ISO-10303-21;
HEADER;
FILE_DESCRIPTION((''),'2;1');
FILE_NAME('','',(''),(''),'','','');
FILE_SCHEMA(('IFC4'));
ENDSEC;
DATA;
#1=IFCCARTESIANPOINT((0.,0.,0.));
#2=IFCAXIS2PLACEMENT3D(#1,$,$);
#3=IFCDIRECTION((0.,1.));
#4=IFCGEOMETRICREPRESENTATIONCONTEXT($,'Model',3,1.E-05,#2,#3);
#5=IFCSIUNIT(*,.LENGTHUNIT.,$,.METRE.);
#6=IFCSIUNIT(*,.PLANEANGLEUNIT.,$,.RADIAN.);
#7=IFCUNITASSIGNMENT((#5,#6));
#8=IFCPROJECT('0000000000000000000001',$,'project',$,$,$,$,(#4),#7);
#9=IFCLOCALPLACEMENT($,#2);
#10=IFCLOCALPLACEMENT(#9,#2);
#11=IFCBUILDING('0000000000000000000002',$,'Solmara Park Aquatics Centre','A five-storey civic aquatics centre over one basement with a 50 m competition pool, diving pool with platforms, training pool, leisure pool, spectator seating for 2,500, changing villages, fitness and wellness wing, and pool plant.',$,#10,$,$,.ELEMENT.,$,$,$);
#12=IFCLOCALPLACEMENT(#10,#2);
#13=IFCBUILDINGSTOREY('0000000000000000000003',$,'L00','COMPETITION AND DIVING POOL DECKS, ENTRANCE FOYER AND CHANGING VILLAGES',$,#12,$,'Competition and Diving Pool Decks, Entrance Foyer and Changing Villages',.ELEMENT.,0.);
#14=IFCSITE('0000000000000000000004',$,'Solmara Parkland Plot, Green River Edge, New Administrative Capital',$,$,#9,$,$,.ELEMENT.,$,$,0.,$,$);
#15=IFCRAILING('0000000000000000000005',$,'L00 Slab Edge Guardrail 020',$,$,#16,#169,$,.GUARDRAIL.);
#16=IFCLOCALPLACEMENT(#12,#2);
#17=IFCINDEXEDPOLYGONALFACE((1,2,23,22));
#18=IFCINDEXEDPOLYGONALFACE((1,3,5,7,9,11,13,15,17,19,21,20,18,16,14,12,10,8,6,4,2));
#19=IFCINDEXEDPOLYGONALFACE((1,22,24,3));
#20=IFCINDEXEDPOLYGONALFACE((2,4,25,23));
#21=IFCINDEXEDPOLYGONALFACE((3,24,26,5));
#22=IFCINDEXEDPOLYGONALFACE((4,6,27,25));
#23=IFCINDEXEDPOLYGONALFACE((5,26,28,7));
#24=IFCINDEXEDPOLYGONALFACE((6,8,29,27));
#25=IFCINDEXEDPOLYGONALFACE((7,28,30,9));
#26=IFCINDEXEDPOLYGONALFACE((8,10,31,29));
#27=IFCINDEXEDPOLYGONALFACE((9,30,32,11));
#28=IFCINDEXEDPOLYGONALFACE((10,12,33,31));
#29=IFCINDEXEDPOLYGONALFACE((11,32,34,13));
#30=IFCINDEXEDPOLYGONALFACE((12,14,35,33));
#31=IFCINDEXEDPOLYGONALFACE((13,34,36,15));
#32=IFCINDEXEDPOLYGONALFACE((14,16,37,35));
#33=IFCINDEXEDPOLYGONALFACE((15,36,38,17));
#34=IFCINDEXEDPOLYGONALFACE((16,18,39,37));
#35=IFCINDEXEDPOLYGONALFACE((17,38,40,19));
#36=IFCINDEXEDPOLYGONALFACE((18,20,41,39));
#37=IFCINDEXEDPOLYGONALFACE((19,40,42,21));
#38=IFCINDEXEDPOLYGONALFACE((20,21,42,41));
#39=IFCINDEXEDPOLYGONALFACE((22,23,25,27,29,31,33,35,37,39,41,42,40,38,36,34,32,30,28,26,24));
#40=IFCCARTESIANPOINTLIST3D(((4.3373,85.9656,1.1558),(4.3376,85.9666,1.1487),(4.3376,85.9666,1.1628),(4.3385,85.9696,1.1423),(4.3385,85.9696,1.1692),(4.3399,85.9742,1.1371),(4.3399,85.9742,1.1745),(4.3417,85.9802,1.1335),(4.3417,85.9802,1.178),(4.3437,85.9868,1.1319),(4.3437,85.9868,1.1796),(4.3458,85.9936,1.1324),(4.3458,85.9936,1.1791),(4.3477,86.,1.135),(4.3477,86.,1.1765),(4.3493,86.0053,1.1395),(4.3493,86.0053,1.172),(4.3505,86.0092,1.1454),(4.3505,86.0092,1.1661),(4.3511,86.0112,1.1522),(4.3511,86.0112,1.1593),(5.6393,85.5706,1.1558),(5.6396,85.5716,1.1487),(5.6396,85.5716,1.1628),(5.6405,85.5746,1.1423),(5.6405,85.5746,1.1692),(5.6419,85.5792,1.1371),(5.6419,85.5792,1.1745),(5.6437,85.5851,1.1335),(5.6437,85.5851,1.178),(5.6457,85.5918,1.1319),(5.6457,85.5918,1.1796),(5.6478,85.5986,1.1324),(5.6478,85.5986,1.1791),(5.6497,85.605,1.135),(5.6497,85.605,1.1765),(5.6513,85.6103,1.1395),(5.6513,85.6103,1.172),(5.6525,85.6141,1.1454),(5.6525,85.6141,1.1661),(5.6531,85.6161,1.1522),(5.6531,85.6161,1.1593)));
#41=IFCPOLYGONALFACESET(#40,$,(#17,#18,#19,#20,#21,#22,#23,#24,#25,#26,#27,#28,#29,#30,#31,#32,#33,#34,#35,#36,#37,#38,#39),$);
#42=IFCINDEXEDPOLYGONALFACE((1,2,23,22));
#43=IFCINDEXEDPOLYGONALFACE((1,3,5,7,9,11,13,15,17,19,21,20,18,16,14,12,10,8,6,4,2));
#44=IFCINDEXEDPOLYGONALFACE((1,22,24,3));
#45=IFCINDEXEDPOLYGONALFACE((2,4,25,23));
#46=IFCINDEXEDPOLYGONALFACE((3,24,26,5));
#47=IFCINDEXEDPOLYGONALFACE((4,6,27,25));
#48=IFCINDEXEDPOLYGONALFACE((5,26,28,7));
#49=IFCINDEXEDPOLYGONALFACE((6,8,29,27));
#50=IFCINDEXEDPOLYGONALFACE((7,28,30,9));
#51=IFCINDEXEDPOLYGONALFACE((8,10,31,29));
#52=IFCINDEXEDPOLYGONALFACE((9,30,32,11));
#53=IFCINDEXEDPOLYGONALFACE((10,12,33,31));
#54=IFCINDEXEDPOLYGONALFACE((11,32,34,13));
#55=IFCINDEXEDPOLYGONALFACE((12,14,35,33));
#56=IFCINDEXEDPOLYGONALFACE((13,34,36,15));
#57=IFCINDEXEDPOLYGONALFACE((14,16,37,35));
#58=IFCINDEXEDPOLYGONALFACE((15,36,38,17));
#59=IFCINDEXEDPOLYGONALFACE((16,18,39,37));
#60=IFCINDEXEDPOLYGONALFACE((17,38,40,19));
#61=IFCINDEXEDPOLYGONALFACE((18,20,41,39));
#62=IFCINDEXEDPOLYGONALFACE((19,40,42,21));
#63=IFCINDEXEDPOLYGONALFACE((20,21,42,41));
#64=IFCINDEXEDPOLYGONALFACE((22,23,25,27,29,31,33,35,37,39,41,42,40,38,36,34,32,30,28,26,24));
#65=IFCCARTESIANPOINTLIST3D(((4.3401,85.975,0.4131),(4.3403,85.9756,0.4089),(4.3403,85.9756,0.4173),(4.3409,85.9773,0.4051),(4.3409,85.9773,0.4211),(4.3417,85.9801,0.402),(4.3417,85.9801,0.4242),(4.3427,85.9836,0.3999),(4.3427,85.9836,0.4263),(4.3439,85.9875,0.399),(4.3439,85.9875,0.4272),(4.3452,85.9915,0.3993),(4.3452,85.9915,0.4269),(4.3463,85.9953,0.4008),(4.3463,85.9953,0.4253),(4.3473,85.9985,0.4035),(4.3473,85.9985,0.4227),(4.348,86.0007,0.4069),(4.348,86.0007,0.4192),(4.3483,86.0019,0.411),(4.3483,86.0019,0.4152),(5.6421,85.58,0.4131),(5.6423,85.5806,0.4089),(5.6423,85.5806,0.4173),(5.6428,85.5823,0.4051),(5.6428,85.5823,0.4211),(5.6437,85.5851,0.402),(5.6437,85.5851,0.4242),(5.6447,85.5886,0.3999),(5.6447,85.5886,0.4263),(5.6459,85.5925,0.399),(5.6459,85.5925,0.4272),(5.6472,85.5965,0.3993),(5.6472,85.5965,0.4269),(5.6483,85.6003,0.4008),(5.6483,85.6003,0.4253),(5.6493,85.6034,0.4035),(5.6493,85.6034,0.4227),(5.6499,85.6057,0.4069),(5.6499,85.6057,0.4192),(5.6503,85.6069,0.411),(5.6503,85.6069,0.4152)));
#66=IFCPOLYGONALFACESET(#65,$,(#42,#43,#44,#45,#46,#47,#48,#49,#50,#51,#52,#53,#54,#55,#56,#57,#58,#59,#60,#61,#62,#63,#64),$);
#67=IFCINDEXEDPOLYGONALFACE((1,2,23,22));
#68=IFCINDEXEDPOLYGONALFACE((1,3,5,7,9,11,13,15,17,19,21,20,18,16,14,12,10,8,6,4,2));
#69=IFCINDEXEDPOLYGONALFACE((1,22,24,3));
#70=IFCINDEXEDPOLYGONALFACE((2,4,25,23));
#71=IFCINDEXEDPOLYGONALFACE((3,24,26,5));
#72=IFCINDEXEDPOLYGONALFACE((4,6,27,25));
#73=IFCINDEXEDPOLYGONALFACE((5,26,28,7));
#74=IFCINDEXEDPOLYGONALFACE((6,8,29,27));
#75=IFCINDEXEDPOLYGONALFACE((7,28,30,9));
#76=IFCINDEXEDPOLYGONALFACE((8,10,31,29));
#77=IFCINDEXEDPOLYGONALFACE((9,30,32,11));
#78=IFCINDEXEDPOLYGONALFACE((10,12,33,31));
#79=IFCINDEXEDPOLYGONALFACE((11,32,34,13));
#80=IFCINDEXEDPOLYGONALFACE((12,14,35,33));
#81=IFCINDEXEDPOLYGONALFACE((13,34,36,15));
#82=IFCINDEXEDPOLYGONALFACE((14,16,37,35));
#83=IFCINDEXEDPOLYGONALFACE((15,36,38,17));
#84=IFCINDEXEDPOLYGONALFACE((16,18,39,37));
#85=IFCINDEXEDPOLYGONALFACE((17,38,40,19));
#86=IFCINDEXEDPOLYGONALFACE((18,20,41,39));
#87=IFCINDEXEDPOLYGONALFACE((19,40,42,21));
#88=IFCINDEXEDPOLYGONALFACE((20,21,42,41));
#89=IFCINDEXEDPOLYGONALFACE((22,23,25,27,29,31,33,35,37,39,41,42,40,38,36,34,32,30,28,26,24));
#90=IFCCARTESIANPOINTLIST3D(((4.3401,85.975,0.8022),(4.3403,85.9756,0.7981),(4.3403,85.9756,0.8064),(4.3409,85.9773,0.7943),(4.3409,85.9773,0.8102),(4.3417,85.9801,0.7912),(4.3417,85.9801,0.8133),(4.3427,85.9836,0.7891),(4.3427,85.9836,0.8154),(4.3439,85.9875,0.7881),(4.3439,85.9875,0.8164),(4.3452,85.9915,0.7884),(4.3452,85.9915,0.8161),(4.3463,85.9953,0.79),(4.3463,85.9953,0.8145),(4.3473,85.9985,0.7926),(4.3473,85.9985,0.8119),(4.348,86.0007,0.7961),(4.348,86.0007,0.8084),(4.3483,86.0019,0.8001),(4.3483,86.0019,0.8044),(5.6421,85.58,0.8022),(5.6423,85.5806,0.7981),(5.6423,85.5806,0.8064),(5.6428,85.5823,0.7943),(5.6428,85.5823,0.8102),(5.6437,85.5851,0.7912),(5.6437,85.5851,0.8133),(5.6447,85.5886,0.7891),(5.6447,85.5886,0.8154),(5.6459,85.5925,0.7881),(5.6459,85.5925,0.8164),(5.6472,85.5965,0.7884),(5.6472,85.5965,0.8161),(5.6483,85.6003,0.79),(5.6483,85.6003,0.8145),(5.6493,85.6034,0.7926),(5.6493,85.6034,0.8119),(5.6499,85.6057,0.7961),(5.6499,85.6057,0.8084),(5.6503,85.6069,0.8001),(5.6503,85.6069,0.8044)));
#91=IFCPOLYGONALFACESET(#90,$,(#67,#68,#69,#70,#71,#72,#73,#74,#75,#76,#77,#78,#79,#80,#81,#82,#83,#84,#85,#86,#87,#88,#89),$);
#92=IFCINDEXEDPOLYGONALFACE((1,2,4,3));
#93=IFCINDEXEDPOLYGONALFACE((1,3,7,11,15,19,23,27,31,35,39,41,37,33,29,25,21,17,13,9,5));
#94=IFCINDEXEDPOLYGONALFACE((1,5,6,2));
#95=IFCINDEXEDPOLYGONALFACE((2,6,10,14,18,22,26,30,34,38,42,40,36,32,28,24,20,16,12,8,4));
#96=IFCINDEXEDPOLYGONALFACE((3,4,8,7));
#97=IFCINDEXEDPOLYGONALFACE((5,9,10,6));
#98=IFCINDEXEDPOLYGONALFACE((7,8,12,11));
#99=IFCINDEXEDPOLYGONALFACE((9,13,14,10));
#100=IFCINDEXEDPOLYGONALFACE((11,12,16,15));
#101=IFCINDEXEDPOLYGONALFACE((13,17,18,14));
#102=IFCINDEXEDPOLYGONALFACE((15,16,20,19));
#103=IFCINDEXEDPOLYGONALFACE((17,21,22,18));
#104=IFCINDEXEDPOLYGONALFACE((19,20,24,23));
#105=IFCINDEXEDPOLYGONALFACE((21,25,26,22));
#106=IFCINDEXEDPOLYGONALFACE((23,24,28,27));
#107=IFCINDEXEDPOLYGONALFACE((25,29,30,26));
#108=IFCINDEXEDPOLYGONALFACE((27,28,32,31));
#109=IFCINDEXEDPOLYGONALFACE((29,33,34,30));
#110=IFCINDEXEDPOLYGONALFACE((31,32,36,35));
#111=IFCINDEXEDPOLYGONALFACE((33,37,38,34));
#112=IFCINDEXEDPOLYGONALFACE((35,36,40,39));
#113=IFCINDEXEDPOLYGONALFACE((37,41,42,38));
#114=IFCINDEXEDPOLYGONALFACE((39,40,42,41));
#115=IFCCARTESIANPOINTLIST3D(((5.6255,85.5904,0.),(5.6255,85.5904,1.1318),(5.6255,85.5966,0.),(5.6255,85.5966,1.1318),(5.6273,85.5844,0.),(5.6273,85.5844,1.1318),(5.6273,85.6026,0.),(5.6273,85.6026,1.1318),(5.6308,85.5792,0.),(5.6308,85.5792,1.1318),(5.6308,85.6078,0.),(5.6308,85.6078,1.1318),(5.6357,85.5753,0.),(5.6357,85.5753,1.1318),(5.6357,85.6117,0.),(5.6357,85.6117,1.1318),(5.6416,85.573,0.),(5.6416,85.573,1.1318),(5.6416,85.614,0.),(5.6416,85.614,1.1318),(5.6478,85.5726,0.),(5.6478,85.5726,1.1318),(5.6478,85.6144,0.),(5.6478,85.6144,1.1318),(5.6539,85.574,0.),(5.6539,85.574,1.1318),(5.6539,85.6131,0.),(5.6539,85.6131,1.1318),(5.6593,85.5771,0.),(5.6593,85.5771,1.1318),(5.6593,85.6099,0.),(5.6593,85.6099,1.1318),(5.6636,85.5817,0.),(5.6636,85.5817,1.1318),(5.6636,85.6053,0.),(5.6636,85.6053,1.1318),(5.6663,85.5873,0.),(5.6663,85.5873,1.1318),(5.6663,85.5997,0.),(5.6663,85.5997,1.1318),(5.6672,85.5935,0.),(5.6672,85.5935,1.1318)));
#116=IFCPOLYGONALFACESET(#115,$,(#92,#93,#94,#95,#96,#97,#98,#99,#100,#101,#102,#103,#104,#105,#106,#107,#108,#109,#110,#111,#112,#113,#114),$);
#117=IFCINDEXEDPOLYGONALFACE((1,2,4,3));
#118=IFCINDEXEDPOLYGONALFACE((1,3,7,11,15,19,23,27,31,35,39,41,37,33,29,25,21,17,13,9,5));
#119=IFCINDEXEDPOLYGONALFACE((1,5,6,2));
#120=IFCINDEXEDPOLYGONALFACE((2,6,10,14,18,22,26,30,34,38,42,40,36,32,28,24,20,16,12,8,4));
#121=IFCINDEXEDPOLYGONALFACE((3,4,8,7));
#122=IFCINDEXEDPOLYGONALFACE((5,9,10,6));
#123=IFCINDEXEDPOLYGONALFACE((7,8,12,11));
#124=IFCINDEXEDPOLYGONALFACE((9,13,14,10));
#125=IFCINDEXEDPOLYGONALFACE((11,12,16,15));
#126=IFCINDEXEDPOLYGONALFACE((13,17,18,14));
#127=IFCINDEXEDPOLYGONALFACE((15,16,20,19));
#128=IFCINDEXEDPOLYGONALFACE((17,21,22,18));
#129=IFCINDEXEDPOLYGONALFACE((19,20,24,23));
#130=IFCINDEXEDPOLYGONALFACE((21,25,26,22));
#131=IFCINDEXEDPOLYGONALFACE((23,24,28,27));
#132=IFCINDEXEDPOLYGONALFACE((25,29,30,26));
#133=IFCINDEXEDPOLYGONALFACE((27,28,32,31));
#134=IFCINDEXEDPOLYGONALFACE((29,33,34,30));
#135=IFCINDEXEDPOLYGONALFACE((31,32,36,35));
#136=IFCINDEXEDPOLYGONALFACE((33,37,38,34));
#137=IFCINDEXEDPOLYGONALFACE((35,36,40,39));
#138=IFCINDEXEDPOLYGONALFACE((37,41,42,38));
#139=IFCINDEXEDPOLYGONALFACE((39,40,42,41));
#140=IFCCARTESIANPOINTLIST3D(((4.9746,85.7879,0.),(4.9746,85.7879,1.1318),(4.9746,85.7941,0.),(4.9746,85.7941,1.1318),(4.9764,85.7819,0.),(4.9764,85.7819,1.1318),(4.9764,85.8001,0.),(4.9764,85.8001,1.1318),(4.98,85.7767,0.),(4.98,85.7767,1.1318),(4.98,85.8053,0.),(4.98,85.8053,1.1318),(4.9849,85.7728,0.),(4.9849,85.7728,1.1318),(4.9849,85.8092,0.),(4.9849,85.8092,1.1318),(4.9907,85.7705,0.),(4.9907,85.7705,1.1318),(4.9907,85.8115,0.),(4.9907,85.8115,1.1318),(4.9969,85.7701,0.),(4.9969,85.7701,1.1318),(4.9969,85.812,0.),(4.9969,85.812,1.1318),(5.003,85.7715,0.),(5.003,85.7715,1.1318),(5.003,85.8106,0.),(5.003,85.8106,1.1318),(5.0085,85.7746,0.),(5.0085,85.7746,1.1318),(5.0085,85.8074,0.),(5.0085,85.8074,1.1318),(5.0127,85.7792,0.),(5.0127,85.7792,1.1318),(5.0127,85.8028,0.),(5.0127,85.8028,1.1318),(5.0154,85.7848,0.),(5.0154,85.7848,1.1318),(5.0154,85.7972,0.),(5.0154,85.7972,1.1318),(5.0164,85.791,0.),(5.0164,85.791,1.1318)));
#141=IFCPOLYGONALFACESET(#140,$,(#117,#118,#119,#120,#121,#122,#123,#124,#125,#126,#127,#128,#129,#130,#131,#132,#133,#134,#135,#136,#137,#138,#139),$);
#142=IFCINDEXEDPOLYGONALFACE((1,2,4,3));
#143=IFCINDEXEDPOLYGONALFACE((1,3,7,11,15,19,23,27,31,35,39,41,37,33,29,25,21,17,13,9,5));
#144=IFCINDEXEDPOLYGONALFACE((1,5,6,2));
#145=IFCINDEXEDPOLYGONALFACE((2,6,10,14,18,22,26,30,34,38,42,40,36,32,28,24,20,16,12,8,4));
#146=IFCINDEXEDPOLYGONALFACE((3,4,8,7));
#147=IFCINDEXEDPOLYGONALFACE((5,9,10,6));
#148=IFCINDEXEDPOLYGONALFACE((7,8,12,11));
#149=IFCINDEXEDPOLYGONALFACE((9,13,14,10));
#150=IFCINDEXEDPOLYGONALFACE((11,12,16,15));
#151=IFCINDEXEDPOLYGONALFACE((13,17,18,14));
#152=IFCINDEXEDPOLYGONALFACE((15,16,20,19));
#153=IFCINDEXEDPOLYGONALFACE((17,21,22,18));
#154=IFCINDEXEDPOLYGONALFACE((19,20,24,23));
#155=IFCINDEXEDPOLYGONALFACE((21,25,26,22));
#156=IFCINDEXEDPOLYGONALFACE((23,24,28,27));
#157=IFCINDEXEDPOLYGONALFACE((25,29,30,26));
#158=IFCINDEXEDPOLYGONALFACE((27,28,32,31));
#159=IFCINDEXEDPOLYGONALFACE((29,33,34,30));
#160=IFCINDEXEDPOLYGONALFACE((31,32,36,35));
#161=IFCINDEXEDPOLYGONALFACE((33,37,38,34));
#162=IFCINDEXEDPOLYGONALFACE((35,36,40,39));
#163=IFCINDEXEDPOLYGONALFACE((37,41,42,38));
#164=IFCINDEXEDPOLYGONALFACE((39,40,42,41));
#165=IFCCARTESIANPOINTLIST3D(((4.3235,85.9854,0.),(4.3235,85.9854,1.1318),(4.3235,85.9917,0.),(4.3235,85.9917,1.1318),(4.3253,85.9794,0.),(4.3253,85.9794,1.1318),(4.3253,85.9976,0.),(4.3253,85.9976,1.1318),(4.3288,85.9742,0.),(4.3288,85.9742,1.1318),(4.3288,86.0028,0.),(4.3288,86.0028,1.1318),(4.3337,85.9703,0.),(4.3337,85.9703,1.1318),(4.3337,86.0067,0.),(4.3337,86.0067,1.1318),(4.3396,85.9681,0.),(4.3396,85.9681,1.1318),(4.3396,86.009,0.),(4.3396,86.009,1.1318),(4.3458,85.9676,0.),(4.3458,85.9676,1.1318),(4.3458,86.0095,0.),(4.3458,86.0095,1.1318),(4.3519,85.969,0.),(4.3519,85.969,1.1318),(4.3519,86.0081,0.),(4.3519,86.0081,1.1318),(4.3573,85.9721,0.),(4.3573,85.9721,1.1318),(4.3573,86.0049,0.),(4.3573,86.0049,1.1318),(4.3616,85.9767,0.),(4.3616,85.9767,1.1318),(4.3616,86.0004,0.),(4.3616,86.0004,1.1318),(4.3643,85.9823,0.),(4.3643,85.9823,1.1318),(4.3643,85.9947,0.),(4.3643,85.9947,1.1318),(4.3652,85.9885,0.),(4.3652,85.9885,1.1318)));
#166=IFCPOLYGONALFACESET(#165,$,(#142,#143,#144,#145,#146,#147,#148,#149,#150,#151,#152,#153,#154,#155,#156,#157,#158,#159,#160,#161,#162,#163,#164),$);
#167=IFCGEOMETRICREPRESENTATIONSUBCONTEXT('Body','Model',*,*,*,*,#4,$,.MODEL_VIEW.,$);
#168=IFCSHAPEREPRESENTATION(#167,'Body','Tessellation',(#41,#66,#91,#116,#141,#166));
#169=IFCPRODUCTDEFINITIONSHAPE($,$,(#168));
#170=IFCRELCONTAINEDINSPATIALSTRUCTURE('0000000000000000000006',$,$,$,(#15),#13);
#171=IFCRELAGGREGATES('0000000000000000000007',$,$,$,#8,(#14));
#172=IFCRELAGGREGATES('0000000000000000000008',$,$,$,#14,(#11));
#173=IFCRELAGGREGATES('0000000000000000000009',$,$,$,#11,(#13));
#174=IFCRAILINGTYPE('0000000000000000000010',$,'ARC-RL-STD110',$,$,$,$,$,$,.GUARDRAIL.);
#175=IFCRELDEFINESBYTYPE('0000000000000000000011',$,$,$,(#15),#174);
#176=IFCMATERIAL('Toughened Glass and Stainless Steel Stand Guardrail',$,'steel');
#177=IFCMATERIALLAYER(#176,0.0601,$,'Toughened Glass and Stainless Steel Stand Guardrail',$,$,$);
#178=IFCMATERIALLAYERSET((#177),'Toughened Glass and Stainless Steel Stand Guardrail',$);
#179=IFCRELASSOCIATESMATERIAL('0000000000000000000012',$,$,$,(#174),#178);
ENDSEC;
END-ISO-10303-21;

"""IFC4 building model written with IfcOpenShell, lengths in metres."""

from ifc_helpers import new_model, si_unit, direction, frame, origin, origin_2d, place, context, subcontext, project, spatial, circle, extrude, material, layer, layer_set, type_object, element, save


model = new_model("IFC4")

# Units and contexts
model_context = context("Model", 3, precision=1e-05, world=origin(), true_north=direction((0.0, 1.0)))
body_context = subcontext(model_context, "Body", "Model", "MODEL_VIEW")
ifc_project = project(units=[si_unit("LENGTHUNIT", "METRE"), si_unit("PLANEANGLEUNIT", "RADIAN")], contexts=[model_context])

# Site, building, storey
site_placement = place(None, origin())
site = spatial("IfcSite", under=ifc_project, at=site_placement, Name="Solmara Parkland Plot, Green River Edge, New Administrative Capital", CompositionType="ELEMENT", RefElevation=0.0)
building_placement = place(site_placement, origin())
building = spatial("IfcBuilding", under=site, at=building_placement, Name="Solmara Park Aquatics Centre", Description="A five-storey civic aquatics centre over one basement with a 50 m competition pool, diving pool with platforms, training pool, leisure pool, spectator seating for 2,500, changing villages, fitness and wellness wing, and pool plant.", CompositionType="ELEMENT")
storey_placement = place(building_placement, origin())
storey = spatial("IfcBuildingStorey", under=building, at=storey_placement, Name="L00", Description="COMPETITION AND DIVING POOL DECKS, ENTRANCE FOYER AND CHANGING VILLAGES", LongName="Competition and Diving Pool Decks, Entrance Foyer and Changing Villages", CompositionType="ELEMENT", Elevation=0.0)

# Railing
ifc_material_1 = material(Name="Toughened Glass and Stainless Steel Stand Guardrail", Category="steel")
ifc_layer_1 = layer(ifc_material_1, 0.0601, Name="Toughened Glass and Stainless Steel Stand Guardrail")
ifc_layer_set_1 = layer_set([ifc_layer_1], Name="Toughened Glass and Stainless Steel Stand Guardrail")
railing_type = type_object("IfcRailingType", Name="ARC-RL-STD110", PredefinedType="GUARDRAIL", material=ifc_layer_set_1)
railing_1_placement = place(storey_placement, frame((5.6462, 85.5935, 0.0)))
element("IfcRailing", 1, at=railing_1_placement, inside=storey, type_object=railing_type, Name="L00 Slab Edge Guardrail 020", PredefinedType="GUARDRAIL", context=body_context, shape_type="SweptSolid", body=[
    extrude(circle(Radius=0.0239, at=origin_2d()), frame((0.0, 0.0, 1.1558), z_axis=(-0.956928, 0.290326, 0.0), x_axis=(-0.290326, -0.956928, 0.0)), (0.0, 0.0, 1.0), 1.3606),
    extrude(circle(Radius=0.0142, at=origin_2d()), frame((0.0, 0.0, 0.4131), z_axis=(-0.956928, 0.290326, 0.0), x_axis=(-0.290326, -0.956928, 0.0)), (0.0, 0.0, 1.0), 1.3606),
    extrude(circle(Radius=0.0142, at=origin_2d()), frame((0.0, 0.0, 0.8022), z_axis=(-0.956928, 0.290326, 0.0), x_axis=(-0.290326, -0.956928, 0.0)), (0.0, 0.0, 1.0), 1.3606),
    extrude(circle(Radius=0.021, at=origin_2d()), origin(), (0.0, 0.0, 1.0), 1.1318),
    extrude(circle(Radius=0.021, at=origin_2d()), frame((-0.6509, 0.1975, 0.0)), (0.0, 0.0, 1.0), 1.1318),
    extrude(circle(Radius=0.021, at=origin_2d()), frame((-1.302, 0.395, 0.0)), (0.0, 0.0, 1.0), 1.1318),
])

save(model, "model.ifc")
